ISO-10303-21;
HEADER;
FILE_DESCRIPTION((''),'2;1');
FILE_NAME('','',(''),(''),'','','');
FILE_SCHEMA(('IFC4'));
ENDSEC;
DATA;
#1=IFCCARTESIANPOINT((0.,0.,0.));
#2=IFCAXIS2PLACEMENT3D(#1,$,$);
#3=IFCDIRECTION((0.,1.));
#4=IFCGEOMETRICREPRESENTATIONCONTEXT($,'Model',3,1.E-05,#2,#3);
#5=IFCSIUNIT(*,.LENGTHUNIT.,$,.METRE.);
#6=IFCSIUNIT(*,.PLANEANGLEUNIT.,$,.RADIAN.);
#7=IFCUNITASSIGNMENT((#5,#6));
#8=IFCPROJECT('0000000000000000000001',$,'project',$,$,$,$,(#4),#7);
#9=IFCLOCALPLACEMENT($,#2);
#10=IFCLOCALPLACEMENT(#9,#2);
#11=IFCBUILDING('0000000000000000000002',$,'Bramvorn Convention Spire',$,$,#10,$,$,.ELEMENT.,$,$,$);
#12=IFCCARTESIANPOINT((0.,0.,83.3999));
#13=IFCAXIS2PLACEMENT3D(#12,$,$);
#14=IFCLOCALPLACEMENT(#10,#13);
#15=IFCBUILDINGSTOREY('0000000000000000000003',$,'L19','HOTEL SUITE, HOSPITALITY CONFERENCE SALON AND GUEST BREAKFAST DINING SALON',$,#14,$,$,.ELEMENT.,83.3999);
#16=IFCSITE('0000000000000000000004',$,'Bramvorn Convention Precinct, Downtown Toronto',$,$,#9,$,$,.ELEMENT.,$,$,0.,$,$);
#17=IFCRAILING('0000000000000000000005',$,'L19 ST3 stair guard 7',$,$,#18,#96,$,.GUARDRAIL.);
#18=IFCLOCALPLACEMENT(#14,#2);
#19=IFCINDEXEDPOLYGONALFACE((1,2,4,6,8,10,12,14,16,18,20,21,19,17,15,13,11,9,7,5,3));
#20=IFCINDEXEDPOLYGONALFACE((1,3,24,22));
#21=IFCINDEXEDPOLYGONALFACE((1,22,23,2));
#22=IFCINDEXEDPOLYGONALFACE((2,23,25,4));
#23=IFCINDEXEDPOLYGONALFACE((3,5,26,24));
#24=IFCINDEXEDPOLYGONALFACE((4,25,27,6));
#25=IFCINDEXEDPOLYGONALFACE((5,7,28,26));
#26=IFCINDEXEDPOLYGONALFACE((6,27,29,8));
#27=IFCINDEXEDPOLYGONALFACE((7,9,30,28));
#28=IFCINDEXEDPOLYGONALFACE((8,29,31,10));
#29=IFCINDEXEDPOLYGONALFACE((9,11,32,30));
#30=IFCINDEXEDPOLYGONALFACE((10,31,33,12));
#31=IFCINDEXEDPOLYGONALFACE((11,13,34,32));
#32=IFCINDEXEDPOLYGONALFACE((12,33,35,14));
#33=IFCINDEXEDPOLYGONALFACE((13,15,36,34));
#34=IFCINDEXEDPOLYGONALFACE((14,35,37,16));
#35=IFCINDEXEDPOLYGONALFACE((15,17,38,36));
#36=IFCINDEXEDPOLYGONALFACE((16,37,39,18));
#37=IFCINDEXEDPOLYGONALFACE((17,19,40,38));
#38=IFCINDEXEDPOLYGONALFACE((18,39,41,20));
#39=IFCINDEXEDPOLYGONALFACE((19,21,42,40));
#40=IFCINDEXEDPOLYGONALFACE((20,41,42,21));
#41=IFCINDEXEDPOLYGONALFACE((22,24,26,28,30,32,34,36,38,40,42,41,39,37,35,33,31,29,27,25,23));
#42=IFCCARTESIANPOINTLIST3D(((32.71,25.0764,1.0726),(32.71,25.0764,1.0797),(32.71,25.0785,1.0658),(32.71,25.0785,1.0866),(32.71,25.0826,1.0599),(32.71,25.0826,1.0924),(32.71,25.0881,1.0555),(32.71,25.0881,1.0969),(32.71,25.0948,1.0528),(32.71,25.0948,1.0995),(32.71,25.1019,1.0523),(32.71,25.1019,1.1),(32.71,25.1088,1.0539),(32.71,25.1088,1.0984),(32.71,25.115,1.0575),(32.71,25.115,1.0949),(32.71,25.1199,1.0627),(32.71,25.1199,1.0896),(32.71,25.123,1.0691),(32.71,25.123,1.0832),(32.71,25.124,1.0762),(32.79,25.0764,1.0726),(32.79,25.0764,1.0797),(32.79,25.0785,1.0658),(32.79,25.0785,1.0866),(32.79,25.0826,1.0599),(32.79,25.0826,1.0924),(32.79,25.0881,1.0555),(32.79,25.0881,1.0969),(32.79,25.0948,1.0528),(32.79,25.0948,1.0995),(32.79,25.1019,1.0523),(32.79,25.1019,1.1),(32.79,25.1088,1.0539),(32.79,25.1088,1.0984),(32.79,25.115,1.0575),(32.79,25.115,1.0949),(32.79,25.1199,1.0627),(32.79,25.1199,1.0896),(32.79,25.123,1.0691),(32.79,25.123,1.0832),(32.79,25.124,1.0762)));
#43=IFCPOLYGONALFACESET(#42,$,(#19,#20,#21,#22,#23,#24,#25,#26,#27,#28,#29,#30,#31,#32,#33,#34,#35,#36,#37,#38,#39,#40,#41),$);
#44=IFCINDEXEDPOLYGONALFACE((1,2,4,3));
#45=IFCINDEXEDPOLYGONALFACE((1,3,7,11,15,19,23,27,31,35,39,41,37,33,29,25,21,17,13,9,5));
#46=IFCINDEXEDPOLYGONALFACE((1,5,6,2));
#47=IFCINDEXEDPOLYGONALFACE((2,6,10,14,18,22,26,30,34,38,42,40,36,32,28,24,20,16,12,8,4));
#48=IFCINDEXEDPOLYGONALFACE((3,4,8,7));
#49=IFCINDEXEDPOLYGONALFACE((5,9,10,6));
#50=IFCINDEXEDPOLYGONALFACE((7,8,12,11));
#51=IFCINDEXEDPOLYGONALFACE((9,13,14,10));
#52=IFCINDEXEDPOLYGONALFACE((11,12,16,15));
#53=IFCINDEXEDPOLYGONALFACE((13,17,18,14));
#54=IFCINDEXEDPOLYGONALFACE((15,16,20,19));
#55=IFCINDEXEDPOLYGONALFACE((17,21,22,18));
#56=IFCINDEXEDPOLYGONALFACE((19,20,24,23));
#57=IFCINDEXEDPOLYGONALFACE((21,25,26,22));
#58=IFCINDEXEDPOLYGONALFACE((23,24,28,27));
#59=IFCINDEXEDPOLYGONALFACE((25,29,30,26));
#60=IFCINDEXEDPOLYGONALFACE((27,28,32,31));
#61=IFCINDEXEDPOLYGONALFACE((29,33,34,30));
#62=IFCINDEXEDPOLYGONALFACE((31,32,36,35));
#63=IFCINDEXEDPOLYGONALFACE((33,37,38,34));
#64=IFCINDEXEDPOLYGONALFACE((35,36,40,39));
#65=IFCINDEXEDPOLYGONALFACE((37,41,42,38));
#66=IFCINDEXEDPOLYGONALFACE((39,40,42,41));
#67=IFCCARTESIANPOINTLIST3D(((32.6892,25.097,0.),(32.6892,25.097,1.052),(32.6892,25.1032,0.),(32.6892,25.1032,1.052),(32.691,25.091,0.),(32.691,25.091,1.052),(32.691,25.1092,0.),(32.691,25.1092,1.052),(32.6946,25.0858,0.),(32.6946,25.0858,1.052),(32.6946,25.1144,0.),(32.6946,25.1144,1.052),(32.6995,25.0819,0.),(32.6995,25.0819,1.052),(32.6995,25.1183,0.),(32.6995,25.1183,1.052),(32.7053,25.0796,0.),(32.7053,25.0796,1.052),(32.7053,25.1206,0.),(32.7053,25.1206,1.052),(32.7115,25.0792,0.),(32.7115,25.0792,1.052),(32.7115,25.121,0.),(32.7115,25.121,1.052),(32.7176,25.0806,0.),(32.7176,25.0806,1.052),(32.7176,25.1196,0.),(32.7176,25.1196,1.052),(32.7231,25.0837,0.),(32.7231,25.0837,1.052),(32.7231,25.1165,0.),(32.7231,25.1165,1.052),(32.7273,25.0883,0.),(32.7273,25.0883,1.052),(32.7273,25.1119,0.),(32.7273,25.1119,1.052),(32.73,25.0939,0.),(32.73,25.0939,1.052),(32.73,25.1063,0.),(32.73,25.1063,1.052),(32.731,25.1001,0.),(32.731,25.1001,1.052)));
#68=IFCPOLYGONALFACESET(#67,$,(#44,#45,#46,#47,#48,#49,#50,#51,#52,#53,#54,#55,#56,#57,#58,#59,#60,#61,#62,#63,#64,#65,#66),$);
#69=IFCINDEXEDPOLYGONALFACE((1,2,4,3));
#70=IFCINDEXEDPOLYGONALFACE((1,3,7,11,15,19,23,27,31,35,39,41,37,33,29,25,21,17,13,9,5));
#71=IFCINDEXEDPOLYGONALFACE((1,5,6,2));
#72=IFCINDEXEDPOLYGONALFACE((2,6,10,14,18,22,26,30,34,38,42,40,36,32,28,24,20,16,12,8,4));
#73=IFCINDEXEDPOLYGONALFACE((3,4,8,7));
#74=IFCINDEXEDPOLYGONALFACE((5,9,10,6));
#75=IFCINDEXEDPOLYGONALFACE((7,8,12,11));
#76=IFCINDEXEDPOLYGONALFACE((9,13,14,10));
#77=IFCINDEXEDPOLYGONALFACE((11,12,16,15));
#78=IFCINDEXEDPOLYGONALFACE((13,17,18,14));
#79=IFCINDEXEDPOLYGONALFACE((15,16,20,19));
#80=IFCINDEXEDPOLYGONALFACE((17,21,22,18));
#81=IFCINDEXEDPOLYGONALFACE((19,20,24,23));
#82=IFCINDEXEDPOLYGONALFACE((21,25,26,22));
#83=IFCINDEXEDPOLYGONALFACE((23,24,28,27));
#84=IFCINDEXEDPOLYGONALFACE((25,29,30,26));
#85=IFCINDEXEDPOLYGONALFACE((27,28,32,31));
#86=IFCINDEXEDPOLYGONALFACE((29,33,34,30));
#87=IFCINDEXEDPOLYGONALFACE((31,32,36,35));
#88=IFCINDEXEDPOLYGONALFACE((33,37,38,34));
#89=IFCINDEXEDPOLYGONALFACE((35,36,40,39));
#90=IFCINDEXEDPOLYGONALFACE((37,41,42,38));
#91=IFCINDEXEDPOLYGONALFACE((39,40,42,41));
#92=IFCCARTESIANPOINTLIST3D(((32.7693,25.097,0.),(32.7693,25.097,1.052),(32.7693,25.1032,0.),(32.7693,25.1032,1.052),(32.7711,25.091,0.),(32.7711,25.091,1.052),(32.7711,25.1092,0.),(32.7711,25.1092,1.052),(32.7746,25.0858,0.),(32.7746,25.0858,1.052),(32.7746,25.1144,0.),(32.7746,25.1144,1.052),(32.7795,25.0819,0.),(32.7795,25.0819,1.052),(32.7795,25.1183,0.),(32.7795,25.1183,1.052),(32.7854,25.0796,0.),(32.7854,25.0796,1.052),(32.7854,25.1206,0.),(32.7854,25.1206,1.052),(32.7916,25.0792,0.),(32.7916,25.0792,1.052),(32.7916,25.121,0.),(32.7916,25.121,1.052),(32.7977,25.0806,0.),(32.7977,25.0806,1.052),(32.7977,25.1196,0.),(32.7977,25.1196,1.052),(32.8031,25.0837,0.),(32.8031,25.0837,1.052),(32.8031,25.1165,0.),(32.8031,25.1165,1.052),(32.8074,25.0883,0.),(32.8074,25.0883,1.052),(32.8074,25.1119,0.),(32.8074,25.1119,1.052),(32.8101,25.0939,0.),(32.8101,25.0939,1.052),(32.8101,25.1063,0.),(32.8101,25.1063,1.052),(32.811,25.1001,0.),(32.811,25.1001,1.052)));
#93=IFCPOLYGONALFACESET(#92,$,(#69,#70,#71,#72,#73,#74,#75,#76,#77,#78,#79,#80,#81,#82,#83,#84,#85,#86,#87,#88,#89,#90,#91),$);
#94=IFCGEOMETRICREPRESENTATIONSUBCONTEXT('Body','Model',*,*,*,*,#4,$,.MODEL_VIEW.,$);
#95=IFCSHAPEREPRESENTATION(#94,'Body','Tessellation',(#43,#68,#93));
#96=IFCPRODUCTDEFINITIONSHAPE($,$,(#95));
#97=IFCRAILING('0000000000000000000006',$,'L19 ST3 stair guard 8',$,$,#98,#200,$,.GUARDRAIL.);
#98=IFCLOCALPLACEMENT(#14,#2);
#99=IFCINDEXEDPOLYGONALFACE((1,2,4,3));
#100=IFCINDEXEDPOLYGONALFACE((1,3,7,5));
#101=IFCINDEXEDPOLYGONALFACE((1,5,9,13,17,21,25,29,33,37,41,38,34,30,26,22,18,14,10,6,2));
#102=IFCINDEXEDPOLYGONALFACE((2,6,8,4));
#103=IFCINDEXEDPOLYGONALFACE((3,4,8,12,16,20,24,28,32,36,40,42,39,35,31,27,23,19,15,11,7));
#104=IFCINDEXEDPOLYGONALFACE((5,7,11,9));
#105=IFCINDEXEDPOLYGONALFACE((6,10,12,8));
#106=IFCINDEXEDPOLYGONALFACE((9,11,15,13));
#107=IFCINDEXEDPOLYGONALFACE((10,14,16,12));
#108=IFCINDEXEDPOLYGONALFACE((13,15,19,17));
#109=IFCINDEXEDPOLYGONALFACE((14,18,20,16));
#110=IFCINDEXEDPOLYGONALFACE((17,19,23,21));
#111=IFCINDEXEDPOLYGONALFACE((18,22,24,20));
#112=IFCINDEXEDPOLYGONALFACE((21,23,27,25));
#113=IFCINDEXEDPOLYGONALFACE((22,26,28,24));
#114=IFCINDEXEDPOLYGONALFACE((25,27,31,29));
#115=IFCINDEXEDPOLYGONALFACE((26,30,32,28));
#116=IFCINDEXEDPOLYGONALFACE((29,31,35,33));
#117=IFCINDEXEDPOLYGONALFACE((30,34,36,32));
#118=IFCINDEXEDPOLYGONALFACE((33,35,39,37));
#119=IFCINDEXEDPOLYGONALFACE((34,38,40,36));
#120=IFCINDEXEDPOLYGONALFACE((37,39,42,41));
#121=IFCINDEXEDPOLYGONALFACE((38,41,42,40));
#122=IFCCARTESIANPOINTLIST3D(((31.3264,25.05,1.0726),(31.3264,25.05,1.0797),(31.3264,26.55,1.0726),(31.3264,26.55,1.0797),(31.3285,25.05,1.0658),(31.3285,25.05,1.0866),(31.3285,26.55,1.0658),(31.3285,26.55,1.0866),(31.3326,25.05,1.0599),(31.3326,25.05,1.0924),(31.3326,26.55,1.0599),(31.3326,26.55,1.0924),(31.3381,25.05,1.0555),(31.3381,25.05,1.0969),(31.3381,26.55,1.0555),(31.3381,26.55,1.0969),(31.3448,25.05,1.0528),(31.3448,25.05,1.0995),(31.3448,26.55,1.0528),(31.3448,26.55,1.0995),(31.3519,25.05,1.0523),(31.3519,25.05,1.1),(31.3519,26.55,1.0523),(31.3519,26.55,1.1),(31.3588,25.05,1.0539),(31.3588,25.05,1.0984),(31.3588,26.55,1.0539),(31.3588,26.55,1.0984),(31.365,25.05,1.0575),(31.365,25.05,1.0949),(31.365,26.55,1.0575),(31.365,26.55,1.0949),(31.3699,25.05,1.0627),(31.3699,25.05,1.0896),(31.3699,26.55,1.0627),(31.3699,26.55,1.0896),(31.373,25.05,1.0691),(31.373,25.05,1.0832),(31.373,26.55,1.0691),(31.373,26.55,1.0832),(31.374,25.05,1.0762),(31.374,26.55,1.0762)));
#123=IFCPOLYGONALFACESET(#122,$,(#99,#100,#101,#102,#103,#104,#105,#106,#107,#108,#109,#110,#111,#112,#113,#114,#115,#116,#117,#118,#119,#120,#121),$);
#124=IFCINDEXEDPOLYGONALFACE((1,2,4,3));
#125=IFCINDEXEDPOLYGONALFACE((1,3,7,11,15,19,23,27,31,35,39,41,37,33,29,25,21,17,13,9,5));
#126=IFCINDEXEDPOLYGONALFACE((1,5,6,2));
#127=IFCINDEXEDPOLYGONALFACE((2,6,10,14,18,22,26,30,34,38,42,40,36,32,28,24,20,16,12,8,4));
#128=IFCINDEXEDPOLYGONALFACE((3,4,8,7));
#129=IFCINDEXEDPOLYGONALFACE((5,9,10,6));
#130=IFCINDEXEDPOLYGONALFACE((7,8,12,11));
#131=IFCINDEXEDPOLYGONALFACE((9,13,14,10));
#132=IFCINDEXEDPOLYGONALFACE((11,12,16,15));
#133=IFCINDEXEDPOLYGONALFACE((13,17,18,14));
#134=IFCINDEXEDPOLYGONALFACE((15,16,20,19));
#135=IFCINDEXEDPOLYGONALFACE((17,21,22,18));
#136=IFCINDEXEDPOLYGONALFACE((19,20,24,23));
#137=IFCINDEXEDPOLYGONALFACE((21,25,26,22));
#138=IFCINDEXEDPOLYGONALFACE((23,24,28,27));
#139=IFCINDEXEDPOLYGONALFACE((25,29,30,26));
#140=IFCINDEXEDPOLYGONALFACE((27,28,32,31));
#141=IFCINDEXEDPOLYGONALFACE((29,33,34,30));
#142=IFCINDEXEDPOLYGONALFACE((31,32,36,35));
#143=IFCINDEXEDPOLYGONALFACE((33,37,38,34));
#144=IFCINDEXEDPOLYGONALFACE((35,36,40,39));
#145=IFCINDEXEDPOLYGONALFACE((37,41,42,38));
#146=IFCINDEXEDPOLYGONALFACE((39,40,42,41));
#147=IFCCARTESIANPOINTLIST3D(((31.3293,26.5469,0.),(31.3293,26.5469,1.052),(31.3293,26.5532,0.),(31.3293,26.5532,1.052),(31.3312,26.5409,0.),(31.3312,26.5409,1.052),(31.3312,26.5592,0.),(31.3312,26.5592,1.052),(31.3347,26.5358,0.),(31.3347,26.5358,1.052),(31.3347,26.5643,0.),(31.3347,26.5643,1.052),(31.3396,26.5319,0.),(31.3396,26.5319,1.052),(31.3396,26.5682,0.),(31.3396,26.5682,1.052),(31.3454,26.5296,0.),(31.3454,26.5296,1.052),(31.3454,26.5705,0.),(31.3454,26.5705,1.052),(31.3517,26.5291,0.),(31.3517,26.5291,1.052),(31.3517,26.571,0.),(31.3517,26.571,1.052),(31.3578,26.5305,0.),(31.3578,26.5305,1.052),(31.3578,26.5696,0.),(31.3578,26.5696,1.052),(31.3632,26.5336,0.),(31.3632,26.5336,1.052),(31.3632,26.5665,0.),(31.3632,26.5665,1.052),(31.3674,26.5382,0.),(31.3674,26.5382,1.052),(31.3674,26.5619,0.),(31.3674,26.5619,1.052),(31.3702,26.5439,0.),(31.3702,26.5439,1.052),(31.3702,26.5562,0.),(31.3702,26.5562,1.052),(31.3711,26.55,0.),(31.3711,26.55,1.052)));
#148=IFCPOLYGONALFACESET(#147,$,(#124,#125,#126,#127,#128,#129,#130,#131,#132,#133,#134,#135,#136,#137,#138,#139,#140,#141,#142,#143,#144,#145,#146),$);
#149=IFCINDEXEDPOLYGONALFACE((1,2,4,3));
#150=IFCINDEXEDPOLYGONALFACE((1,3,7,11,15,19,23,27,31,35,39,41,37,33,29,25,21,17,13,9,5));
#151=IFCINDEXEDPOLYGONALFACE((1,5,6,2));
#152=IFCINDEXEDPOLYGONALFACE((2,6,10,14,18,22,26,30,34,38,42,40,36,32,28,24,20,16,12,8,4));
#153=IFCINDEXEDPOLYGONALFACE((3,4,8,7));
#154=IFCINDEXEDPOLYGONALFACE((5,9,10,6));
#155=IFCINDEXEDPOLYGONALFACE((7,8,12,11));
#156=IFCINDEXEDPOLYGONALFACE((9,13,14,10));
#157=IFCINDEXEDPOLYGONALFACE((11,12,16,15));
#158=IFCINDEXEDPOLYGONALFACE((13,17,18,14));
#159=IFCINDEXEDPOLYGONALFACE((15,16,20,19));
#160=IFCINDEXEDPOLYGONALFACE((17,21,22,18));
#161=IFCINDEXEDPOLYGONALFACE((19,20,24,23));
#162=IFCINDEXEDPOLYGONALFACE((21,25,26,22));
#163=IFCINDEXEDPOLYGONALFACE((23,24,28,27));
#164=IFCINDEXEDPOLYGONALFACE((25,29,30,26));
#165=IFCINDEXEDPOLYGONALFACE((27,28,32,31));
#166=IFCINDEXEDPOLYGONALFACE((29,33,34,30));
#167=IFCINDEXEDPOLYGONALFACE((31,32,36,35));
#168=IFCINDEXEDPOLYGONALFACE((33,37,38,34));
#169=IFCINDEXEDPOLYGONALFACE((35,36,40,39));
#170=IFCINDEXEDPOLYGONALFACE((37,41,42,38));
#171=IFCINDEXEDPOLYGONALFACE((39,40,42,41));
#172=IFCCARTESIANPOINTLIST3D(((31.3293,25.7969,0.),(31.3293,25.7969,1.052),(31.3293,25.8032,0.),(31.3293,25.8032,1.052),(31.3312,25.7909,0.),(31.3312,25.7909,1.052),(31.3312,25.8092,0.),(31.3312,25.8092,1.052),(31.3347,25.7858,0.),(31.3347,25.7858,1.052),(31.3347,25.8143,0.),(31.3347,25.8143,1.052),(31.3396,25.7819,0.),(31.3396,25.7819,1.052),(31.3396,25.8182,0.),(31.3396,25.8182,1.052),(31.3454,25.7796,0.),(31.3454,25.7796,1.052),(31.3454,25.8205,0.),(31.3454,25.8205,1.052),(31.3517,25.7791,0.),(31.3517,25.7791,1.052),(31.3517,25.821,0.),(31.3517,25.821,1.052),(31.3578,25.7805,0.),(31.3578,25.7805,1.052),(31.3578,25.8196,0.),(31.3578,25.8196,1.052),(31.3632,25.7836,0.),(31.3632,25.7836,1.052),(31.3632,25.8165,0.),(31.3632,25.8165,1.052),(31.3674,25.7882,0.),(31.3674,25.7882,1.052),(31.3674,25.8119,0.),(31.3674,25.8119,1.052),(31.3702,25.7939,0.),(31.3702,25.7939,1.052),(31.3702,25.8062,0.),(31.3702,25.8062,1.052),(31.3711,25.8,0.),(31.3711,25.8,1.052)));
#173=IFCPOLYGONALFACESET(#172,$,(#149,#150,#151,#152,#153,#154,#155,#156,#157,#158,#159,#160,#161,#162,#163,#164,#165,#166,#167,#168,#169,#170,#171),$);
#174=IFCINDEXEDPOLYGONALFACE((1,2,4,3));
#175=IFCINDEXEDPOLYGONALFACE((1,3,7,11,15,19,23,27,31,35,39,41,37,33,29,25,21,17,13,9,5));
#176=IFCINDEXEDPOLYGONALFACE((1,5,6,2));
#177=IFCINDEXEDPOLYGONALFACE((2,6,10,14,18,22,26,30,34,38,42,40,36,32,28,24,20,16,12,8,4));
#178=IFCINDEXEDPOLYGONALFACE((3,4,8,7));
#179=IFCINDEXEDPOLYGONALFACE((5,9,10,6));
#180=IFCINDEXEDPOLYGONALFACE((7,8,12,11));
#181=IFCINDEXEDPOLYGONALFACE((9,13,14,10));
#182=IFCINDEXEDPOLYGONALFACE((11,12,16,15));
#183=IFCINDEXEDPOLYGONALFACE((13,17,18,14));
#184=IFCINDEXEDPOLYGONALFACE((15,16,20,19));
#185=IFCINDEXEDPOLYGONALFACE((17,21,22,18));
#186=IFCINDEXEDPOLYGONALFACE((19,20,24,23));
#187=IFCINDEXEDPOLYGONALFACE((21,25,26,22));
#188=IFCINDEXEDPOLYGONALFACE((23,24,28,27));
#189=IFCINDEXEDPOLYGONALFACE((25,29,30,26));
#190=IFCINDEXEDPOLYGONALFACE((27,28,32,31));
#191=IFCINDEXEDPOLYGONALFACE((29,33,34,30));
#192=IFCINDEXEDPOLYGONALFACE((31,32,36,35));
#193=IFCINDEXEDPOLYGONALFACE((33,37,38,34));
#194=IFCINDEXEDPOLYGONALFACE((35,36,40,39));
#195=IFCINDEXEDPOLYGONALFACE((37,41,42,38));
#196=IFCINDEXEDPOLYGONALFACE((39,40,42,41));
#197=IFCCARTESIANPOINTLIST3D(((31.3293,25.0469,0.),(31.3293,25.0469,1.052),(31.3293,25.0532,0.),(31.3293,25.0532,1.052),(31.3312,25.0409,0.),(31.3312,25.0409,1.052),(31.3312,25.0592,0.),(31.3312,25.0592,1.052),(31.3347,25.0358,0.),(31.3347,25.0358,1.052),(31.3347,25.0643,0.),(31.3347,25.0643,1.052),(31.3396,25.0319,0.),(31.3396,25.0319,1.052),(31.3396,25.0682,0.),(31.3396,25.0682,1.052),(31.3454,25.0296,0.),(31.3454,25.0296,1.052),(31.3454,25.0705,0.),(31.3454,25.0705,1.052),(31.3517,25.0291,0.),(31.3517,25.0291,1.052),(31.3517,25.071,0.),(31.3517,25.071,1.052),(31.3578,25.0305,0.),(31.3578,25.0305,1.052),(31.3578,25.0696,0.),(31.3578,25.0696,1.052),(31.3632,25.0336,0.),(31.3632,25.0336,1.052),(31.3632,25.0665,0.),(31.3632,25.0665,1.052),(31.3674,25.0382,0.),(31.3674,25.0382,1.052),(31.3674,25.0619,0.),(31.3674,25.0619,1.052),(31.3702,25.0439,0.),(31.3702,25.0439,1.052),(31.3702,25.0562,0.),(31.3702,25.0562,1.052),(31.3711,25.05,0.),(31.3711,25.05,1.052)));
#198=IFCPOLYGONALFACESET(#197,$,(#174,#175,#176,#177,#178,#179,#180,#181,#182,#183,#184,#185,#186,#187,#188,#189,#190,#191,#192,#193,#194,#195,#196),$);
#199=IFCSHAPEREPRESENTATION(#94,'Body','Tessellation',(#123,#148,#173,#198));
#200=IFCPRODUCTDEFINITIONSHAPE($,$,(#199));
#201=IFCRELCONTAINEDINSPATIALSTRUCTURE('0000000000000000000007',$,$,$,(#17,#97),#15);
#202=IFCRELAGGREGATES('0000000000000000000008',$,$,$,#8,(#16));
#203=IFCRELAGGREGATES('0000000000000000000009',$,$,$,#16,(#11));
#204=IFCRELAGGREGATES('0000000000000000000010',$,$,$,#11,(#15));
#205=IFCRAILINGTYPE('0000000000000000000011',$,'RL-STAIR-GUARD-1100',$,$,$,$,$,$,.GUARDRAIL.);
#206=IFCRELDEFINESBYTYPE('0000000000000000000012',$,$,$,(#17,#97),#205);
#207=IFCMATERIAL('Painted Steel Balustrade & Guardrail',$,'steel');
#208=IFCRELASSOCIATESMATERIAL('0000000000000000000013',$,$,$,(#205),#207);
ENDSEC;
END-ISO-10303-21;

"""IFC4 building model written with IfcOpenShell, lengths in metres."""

from ifc_helpers import new_model, si_unit, direction, frame, origin, origin_2d, place, context, subcontext, project, spatial, circle, extrude, material, type_object, element, save


model = new_model("IFC4")

# Units and contexts
model_context = context("Model", 3, precision=1e-05, world=origin(), true_north=direction((0.0, 1.0)))
body_context = subcontext(model_context, "Body", "Model", "MODEL_VIEW")
ifc_project = project(units=[si_unit("LENGTHUNIT", "METRE"), si_unit("PLANEANGLEUNIT", "RADIAN")], contexts=[model_context])

# Site, building, storey
site_placement = place(None, origin())
site = spatial("IfcSite", under=ifc_project, at=site_placement, Name="Bramvorn Convention Precinct, Downtown Toronto", CompositionType="ELEMENT", RefElevation=0.0)
building_placement = place(site_placement, origin())
building = spatial("IfcBuilding", under=site, at=building_placement, Name="Bramvorn Convention Spire", CompositionType="ELEMENT")
storey_placement = place(building_placement, frame((0.0, 0.0, 83.3999)))
storey = spatial("IfcBuildingStorey", under=building, at=storey_placement, Name="L19", Description="HOTEL SUITE, HOSPITALITY CONFERENCE SALON AND GUEST BREAKFAST DINING SALON", CompositionType="ELEMENT", Elevation=83.3999)

# Railings
ifc_material_1 = material(Name="Painted Steel Balustrade & Guardrail", Category="steel")
railing_type_1 = type_object("IfcRailingType", Name="RL-STAIR-GUARD-1100", PredefinedType="GUARDRAIL", material=ifc_material_1)
railing_1_placement = place(storey_placement, frame((32.71, 25.1001, 0.0)))
element("IfcRailing", 1, at=railing_1_placement, inside=storey, type_object=railing_type_1, Name="L19 ST3 stair guard 7", PredefinedType="GUARDRAIL", context=body_context, shape_type="SweptSolid", body=[
    extrude(circle(Radius=0.0239, at=origin_2d()), frame((0.0, 0.0, 1.0762), z_axis=(1.0, 0.0, 0.0), x_axis=(0.0, 1.0, 0.0)), (0.0, 0.0, 1.0), 0.0801),
    extrude(circle(Radius=0.021, at=origin_2d()), origin(), (0.0, 0.0, 1.0), 1.052),
    extrude(circle(Radius=0.021, at=origin_2d()), frame((0.0801, 0.0, 0.0)), (0.0, 0.0, 1.0), 1.052),
])
for number, where, name in (
    (2, (31.3501, 26.55, 0.0), "L19 ST3 stair guard 8"),
):
    element("IfcRailing", number, at=place(storey_placement, frame(where)), inside=storey, type_object=railing_type_1, Name=name, PredefinedType="GUARDRAIL", context=body_context, shape_type="SweptSolid", body=[
        extrude(circle(Radius=0.0239, at=origin_2d()), frame((0.0, 0.0, 1.0762), z_axis=(0.0, -1.0, 0.0), x_axis=(1.0, 0.0, 0.0)), (0.0, 0.0, 1.0), 1.5),
        extrude(circle(Radius=0.021, at=origin_2d()), origin(), (0.0, 0.0, 1.0), 1.052),
        extrude(circle(Radius=0.021, at=origin_2d()), frame((0.0, -0.75, 0.0)), (0.0, 0.0, 1.0), 1.052),
        extrude(circle(Radius=0.021, at=origin_2d()), frame((0.0, -1.5, 0.0)), (0.0, 0.0, 1.0), 1.052),
    ])

save(model, "model.ifc")
